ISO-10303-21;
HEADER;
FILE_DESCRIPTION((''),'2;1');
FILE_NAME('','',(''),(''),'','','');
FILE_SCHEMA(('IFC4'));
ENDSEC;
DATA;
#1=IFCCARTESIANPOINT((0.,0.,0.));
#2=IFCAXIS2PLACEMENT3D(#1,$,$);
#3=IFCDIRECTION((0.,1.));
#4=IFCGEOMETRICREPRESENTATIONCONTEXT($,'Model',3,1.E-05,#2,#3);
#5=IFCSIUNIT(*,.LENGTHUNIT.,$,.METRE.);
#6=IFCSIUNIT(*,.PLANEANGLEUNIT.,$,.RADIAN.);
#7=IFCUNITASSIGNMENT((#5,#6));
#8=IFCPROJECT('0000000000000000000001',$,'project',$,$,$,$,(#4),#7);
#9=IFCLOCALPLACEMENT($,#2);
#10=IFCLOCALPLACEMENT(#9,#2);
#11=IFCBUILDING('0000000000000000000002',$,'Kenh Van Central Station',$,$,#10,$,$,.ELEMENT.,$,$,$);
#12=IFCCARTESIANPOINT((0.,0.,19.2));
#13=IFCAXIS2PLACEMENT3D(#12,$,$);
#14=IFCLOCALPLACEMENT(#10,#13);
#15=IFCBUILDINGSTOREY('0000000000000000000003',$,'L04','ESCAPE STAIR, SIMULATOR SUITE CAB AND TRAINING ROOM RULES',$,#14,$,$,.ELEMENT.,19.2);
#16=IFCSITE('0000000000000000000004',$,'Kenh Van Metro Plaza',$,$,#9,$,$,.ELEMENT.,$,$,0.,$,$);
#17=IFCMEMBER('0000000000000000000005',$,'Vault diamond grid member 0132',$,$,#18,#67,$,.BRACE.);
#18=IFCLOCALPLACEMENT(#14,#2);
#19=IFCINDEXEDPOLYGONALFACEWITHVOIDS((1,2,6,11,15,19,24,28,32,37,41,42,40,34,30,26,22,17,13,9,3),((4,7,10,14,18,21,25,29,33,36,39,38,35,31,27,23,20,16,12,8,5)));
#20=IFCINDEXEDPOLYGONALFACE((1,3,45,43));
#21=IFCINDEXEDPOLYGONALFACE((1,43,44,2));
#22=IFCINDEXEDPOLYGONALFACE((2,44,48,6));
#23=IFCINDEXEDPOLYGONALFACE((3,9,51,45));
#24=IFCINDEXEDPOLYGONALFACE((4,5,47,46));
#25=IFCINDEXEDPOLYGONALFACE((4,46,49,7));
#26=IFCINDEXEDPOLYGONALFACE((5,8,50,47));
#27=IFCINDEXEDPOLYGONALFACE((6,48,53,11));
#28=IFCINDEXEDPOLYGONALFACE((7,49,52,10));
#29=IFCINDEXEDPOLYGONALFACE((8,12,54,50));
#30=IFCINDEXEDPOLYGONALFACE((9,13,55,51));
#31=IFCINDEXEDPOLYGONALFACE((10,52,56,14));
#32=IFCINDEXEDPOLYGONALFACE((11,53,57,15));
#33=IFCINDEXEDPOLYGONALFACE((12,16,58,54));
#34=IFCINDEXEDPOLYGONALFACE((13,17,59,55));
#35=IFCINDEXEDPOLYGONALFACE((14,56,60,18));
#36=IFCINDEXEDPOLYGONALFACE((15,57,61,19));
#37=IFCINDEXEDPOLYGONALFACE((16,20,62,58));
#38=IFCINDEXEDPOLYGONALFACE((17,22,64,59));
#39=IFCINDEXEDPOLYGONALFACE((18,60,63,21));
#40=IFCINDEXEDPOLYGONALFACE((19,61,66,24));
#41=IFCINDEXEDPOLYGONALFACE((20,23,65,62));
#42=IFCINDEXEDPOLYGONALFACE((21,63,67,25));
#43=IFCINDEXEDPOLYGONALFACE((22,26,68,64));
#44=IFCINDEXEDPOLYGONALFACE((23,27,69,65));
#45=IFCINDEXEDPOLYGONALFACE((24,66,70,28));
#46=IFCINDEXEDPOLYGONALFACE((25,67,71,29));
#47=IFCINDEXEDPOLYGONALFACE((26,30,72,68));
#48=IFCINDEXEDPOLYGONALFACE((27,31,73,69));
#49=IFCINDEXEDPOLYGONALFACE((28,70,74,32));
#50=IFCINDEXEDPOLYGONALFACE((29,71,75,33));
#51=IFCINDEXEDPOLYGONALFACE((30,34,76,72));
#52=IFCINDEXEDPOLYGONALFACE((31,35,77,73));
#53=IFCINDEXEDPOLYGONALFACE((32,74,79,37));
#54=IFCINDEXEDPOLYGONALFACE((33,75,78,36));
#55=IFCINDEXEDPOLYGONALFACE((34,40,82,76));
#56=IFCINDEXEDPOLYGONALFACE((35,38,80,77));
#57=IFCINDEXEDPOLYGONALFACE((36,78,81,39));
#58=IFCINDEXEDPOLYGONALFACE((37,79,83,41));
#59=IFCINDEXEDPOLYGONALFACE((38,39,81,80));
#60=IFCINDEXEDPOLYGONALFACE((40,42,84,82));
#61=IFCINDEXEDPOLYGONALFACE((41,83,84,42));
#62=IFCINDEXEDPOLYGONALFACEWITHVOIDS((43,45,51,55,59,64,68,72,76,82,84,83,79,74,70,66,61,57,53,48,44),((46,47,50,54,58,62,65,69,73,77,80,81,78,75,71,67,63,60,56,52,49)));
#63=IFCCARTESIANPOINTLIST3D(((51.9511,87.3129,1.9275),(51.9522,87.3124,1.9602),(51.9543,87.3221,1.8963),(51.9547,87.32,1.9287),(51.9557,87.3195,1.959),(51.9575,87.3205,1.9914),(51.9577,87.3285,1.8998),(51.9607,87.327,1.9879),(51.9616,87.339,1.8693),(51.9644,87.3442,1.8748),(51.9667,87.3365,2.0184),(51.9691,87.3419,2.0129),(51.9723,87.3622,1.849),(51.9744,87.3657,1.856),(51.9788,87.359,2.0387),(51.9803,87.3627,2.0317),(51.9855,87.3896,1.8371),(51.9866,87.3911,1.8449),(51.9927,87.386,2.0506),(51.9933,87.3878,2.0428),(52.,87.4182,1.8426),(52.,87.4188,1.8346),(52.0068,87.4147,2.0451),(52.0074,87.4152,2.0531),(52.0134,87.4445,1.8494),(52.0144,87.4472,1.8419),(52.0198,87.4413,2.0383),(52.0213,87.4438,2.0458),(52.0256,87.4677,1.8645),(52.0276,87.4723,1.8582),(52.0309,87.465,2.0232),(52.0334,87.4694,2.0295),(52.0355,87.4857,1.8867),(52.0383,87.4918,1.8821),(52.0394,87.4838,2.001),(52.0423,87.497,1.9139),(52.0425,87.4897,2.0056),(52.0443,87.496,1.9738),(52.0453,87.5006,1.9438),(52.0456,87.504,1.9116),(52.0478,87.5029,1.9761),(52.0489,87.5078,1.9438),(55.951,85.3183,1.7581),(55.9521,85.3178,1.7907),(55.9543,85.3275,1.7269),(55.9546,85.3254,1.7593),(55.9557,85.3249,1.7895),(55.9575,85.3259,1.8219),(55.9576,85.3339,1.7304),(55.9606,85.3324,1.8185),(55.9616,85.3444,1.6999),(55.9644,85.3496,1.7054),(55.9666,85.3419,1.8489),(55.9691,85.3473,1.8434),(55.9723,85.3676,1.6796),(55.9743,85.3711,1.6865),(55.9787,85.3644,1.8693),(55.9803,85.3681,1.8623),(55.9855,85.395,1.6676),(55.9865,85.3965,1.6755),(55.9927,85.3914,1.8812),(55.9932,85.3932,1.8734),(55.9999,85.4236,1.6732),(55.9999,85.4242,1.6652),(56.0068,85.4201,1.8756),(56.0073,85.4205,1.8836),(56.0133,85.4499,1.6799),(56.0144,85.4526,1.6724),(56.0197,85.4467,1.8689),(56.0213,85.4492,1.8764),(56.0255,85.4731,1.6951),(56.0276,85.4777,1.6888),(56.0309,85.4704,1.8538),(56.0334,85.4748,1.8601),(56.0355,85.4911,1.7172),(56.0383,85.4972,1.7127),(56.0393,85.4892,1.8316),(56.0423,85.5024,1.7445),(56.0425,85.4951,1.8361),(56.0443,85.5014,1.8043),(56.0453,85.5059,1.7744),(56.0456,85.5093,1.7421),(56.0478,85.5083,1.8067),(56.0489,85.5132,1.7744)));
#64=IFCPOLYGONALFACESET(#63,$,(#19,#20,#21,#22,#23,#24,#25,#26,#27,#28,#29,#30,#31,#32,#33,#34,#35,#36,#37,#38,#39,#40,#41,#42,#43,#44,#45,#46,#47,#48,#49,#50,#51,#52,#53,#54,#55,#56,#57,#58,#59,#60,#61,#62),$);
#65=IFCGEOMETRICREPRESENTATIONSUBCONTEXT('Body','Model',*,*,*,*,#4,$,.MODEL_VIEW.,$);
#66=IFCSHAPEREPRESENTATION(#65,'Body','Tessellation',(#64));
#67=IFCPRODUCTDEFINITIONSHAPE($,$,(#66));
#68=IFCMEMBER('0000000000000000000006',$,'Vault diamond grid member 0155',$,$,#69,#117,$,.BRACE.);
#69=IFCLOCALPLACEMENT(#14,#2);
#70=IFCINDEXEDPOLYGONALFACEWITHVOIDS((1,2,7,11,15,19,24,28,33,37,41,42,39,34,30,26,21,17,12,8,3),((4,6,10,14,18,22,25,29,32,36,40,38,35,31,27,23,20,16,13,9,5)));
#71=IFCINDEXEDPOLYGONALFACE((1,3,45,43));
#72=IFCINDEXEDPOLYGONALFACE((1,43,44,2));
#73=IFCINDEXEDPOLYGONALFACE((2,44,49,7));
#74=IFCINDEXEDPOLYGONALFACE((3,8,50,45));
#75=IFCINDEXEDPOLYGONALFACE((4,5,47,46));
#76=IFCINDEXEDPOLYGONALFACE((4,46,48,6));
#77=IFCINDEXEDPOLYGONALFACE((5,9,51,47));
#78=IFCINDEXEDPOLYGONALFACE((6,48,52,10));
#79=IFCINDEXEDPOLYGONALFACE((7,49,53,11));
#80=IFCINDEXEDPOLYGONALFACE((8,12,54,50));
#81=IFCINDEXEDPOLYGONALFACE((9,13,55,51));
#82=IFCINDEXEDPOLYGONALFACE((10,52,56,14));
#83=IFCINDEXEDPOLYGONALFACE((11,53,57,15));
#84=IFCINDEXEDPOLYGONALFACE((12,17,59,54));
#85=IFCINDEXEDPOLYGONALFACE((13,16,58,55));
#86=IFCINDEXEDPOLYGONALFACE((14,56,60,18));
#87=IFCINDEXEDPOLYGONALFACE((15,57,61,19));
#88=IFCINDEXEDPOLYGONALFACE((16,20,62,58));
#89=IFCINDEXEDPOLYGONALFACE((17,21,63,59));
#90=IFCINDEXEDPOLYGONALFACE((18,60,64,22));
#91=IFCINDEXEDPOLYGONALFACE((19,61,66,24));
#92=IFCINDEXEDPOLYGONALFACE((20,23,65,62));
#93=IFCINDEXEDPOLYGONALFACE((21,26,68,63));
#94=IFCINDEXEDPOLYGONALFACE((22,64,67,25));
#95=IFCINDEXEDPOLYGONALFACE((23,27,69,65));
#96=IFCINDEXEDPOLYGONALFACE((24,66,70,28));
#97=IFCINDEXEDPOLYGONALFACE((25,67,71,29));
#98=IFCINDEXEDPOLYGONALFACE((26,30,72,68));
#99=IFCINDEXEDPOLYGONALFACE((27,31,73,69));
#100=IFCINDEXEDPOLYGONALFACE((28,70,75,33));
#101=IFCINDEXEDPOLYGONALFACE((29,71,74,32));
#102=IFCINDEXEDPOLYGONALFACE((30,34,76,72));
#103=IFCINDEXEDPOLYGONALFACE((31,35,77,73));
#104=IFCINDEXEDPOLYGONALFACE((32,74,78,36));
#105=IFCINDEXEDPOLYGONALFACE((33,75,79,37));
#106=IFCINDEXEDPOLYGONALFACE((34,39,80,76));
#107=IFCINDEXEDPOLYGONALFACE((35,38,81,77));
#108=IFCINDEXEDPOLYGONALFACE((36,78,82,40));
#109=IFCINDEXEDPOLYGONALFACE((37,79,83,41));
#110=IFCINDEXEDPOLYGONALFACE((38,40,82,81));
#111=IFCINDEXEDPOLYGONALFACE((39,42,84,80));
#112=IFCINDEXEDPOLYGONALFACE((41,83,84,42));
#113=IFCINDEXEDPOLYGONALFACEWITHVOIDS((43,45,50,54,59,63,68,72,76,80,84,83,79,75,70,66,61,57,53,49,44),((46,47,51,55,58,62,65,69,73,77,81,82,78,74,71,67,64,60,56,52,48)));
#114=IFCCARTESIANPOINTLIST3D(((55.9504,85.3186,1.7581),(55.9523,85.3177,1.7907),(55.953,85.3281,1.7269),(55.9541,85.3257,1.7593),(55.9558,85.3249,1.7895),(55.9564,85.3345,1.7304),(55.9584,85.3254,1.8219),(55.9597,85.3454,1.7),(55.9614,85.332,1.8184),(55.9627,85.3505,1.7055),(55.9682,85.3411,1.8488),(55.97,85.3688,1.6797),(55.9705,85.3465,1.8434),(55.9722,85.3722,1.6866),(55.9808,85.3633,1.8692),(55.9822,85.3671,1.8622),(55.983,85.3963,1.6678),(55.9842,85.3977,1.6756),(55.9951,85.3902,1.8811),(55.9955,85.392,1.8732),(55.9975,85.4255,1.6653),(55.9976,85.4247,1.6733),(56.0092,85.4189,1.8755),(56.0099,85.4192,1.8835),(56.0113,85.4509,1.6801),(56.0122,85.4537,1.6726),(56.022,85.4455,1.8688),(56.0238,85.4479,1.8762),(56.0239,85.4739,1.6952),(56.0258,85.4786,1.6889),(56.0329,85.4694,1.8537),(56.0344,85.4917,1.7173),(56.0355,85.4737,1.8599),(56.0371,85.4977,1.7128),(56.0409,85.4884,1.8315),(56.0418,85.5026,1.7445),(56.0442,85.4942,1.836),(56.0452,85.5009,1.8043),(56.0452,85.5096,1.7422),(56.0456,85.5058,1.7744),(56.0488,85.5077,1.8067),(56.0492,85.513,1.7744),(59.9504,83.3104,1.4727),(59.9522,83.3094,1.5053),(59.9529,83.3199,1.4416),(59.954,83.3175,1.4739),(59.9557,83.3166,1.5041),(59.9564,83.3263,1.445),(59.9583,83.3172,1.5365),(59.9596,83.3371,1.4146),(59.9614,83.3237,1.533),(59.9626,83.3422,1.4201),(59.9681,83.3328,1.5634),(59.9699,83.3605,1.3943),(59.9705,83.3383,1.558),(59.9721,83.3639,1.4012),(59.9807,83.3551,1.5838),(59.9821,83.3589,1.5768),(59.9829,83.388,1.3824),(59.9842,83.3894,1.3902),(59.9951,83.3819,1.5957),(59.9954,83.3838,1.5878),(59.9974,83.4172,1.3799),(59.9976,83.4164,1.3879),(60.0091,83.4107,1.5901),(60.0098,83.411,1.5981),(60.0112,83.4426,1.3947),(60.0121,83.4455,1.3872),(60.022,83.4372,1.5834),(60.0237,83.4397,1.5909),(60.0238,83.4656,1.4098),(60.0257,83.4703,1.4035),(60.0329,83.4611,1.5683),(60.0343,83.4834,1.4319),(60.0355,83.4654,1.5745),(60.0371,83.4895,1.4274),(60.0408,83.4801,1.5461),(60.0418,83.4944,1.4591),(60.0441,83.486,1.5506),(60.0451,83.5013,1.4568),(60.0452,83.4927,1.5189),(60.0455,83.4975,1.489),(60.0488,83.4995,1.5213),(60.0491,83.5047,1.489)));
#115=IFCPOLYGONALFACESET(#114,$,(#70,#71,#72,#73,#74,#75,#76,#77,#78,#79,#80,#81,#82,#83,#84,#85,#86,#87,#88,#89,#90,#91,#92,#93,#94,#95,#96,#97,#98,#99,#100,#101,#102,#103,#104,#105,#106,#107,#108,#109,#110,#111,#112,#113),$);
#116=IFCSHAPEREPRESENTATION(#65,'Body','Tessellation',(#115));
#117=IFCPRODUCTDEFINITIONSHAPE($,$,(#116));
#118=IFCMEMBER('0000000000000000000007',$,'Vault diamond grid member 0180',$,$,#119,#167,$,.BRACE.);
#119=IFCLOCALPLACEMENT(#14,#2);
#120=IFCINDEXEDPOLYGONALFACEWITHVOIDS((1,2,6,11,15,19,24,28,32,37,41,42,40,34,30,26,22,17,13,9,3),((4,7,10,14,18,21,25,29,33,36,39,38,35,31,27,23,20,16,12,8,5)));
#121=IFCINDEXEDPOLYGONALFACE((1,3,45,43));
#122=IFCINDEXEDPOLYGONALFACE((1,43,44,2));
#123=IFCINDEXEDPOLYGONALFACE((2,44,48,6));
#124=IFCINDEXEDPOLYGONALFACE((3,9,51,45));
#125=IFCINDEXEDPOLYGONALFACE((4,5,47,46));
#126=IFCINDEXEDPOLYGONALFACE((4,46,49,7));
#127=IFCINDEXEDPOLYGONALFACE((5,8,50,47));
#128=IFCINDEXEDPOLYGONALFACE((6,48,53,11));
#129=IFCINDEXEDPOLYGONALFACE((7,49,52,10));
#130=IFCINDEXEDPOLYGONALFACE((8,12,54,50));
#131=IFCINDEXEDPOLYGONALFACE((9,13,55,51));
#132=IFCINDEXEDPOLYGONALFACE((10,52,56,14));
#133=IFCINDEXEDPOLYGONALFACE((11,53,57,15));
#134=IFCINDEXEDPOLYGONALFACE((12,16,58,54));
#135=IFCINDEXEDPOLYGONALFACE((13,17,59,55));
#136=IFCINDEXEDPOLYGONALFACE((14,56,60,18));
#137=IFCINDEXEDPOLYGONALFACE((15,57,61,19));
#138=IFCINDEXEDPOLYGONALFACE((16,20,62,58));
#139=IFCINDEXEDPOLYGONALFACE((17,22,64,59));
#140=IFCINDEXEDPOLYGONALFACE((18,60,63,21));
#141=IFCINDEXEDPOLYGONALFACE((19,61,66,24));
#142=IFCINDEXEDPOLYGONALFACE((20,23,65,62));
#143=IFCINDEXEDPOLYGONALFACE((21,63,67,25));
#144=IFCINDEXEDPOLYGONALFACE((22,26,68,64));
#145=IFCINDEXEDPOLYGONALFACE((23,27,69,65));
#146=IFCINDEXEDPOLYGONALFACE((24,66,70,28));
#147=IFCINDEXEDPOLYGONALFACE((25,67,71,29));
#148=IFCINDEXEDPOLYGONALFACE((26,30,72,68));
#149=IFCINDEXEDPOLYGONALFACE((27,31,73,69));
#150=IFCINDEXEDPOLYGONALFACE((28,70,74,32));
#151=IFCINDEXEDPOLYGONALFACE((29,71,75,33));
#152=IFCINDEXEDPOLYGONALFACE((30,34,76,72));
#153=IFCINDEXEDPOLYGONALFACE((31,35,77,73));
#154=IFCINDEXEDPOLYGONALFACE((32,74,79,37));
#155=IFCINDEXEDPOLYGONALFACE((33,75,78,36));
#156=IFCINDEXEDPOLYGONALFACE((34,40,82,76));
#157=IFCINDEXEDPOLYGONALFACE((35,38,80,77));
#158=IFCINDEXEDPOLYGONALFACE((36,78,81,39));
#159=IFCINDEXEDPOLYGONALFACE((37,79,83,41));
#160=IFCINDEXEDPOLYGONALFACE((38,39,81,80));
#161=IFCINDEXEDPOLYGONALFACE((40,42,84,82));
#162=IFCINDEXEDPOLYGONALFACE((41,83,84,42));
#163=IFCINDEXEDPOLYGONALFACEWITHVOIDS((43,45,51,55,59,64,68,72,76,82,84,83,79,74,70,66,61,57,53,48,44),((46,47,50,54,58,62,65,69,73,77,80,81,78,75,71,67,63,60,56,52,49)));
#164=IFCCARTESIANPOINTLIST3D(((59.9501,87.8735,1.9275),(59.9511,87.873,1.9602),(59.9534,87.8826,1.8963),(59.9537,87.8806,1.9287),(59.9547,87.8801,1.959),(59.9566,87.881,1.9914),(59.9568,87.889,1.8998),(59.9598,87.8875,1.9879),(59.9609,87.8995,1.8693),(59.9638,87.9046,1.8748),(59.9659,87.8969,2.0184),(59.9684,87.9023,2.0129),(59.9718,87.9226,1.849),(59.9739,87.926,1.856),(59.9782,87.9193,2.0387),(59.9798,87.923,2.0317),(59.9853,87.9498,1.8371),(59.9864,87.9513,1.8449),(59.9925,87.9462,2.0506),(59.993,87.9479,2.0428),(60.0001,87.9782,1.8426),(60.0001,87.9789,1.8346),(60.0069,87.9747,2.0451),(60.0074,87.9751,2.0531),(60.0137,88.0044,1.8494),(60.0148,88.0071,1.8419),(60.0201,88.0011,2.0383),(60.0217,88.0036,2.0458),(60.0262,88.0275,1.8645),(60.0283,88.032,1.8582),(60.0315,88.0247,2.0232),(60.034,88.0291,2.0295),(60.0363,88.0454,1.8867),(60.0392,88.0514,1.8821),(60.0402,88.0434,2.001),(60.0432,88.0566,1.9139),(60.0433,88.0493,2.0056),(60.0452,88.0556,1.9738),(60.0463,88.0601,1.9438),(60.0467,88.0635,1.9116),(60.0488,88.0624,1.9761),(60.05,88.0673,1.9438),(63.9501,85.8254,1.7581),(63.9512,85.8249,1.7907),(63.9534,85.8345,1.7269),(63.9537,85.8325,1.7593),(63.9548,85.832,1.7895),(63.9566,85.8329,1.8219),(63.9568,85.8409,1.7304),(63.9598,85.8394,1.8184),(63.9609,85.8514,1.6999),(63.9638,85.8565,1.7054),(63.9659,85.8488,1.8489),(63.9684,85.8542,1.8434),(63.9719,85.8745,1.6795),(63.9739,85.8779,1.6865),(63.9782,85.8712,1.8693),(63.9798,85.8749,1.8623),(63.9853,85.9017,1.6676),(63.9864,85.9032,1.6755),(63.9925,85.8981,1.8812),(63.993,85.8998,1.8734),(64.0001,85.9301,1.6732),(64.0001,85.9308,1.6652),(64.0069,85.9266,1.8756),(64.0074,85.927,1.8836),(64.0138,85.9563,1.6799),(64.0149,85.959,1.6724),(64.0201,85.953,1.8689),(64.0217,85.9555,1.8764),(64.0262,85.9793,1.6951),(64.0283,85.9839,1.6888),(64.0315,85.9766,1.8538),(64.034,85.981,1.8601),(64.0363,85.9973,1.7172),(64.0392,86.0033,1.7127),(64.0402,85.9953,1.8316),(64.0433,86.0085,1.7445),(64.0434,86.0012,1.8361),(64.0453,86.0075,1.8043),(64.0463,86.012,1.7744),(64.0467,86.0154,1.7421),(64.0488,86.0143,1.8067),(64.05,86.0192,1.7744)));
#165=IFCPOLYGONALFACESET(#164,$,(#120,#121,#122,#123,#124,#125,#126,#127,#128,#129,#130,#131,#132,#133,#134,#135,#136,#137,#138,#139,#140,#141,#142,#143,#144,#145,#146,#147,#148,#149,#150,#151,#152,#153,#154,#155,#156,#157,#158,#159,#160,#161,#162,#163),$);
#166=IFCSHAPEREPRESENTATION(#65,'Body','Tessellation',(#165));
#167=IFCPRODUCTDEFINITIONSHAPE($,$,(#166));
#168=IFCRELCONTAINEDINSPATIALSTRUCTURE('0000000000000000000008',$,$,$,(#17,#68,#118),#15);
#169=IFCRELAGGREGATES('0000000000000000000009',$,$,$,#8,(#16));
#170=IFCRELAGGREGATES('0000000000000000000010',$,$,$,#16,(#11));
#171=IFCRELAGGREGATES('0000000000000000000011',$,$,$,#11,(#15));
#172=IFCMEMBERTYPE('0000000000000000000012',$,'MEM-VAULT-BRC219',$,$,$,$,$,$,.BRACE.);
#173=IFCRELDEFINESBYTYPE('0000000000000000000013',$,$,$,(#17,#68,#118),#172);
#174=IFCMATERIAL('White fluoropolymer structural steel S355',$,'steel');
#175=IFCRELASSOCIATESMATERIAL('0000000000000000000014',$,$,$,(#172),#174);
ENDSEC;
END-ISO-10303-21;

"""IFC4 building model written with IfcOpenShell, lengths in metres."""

from ifc_helpers import new_model, si_unit, direction, frame, origin, origin_2d, place, context, subcontext, project, spatial, hollow_circle, extrude, material, material_profile, profile_set, type_object, element, save


model = new_model("IFC4")

# Units and contexts
model_context = context("Model", 3, precision=1e-05, world=origin(), true_north=direction((0.0, 1.0)))
body_context = subcontext(model_context, "Body", "Model", "MODEL_VIEW")
ifc_project = project(units=[si_unit("LENGTHUNIT", "METRE"), si_unit("PLANEANGLEUNIT", "RADIAN")], contexts=[model_context])

# Site, building, storey
site_placement = place(None, origin())
site = spatial("IfcSite", under=ifc_project, at=site_placement, Name="Kenh Van Metro Plaza", CompositionType="ELEMENT", RefElevation=0.0)
building_placement = place(site_placement, origin())
building = spatial("IfcBuilding", under=site, at=building_placement, Name="Kenh Van Central Station", CompositionType="ELEMENT")
storey_placement = place(building_placement, frame((0.0, 0.0, 19.2)))
storey = spatial("IfcBuildingStorey", under=building, at=storey_placement, Name="L04", Description="ESCAPE STAIR, SIMULATOR SUITE CAB AND TRAINING ROOM RULES", CompositionType="ELEMENT", Elevation=19.2)

# Shared definitions
ifc_material_1 = material(Name="White fluoropolymer structural steel S355", Category="steel")

# Members
ifc_material_profile_1 = material_profile(ifc_material_1, hollow_circle(Radius=0.1096, WallThickness=0.0081, at=origin_2d()), Name="CHS 219.1x8")
ifc_profile_set_1 = profile_set([ifc_material_profile_1], Name="White fluoropolymer structural steel S355")
member_type_1 = type_object("IfcMemberType", Name="MEM-VAULT-BRC219", PredefinedType="BRACE", material=ifc_profile_set_1)
member_1_placement = place(storey_placement, frame((52.0, 87.4097, 1.9438), z_axis=(0.894265, -0.445932, -0.03788), x_axis=(0.446252, 0.894907, 0.0)))
element("IfcMember", 1, at=member_1_placement, inside=storey, type_object=member_type_1, Name="Vault diamond grid member 0132", PredefinedType="BRACE", context=body_context, shape_type="SweptSolid", body=[
    extrude(hollow_circle(Radius=0.1096, WallThickness=0.0081, at=origin_2d()), origin(), (0.0, 0.0, 1.0), 4.4729),
])
member_2_placement = place(storey_placement, frame((56.0, 85.415, 1.7744), z_axis=(0.891873, -0.447787, -0.063635), x_axis=(0.448697, 0.893684, 0.0)))
element("IfcMember", 2, at=member_2_placement, inside=storey, type_object=member_type_1, Name="Vault diamond grid member 0155", PredefinedType="BRACE", context=body_context, shape_type="SweptSolid", body=[
    extrude(hollow_circle(Radius=0.1096, WallThickness=0.0081, at=origin_2d()), origin(), (0.0, 0.0, 1.0), 4.4849),
])
member_3_placement = place(storey_placement, frame((60.0, 87.9697, 1.9438), z_axis=(0.889473, -0.455432, -0.037677), x_axis=(0.455755, 0.890105, 0.0)))
element("IfcMember", 3, at=member_3_placement, inside=storey, type_object=member_type_1, Name="Vault diamond grid member 0180", PredefinedType="BRACE", context=body_context, shape_type="SweptSolid", body=[
    extrude(hollow_circle(Radius=0.1096, WallThickness=0.0081, at=origin_2d()), origin(), (0.0, 0.0, 1.0), 4.4971),
])

save(model, "model.ifc")
